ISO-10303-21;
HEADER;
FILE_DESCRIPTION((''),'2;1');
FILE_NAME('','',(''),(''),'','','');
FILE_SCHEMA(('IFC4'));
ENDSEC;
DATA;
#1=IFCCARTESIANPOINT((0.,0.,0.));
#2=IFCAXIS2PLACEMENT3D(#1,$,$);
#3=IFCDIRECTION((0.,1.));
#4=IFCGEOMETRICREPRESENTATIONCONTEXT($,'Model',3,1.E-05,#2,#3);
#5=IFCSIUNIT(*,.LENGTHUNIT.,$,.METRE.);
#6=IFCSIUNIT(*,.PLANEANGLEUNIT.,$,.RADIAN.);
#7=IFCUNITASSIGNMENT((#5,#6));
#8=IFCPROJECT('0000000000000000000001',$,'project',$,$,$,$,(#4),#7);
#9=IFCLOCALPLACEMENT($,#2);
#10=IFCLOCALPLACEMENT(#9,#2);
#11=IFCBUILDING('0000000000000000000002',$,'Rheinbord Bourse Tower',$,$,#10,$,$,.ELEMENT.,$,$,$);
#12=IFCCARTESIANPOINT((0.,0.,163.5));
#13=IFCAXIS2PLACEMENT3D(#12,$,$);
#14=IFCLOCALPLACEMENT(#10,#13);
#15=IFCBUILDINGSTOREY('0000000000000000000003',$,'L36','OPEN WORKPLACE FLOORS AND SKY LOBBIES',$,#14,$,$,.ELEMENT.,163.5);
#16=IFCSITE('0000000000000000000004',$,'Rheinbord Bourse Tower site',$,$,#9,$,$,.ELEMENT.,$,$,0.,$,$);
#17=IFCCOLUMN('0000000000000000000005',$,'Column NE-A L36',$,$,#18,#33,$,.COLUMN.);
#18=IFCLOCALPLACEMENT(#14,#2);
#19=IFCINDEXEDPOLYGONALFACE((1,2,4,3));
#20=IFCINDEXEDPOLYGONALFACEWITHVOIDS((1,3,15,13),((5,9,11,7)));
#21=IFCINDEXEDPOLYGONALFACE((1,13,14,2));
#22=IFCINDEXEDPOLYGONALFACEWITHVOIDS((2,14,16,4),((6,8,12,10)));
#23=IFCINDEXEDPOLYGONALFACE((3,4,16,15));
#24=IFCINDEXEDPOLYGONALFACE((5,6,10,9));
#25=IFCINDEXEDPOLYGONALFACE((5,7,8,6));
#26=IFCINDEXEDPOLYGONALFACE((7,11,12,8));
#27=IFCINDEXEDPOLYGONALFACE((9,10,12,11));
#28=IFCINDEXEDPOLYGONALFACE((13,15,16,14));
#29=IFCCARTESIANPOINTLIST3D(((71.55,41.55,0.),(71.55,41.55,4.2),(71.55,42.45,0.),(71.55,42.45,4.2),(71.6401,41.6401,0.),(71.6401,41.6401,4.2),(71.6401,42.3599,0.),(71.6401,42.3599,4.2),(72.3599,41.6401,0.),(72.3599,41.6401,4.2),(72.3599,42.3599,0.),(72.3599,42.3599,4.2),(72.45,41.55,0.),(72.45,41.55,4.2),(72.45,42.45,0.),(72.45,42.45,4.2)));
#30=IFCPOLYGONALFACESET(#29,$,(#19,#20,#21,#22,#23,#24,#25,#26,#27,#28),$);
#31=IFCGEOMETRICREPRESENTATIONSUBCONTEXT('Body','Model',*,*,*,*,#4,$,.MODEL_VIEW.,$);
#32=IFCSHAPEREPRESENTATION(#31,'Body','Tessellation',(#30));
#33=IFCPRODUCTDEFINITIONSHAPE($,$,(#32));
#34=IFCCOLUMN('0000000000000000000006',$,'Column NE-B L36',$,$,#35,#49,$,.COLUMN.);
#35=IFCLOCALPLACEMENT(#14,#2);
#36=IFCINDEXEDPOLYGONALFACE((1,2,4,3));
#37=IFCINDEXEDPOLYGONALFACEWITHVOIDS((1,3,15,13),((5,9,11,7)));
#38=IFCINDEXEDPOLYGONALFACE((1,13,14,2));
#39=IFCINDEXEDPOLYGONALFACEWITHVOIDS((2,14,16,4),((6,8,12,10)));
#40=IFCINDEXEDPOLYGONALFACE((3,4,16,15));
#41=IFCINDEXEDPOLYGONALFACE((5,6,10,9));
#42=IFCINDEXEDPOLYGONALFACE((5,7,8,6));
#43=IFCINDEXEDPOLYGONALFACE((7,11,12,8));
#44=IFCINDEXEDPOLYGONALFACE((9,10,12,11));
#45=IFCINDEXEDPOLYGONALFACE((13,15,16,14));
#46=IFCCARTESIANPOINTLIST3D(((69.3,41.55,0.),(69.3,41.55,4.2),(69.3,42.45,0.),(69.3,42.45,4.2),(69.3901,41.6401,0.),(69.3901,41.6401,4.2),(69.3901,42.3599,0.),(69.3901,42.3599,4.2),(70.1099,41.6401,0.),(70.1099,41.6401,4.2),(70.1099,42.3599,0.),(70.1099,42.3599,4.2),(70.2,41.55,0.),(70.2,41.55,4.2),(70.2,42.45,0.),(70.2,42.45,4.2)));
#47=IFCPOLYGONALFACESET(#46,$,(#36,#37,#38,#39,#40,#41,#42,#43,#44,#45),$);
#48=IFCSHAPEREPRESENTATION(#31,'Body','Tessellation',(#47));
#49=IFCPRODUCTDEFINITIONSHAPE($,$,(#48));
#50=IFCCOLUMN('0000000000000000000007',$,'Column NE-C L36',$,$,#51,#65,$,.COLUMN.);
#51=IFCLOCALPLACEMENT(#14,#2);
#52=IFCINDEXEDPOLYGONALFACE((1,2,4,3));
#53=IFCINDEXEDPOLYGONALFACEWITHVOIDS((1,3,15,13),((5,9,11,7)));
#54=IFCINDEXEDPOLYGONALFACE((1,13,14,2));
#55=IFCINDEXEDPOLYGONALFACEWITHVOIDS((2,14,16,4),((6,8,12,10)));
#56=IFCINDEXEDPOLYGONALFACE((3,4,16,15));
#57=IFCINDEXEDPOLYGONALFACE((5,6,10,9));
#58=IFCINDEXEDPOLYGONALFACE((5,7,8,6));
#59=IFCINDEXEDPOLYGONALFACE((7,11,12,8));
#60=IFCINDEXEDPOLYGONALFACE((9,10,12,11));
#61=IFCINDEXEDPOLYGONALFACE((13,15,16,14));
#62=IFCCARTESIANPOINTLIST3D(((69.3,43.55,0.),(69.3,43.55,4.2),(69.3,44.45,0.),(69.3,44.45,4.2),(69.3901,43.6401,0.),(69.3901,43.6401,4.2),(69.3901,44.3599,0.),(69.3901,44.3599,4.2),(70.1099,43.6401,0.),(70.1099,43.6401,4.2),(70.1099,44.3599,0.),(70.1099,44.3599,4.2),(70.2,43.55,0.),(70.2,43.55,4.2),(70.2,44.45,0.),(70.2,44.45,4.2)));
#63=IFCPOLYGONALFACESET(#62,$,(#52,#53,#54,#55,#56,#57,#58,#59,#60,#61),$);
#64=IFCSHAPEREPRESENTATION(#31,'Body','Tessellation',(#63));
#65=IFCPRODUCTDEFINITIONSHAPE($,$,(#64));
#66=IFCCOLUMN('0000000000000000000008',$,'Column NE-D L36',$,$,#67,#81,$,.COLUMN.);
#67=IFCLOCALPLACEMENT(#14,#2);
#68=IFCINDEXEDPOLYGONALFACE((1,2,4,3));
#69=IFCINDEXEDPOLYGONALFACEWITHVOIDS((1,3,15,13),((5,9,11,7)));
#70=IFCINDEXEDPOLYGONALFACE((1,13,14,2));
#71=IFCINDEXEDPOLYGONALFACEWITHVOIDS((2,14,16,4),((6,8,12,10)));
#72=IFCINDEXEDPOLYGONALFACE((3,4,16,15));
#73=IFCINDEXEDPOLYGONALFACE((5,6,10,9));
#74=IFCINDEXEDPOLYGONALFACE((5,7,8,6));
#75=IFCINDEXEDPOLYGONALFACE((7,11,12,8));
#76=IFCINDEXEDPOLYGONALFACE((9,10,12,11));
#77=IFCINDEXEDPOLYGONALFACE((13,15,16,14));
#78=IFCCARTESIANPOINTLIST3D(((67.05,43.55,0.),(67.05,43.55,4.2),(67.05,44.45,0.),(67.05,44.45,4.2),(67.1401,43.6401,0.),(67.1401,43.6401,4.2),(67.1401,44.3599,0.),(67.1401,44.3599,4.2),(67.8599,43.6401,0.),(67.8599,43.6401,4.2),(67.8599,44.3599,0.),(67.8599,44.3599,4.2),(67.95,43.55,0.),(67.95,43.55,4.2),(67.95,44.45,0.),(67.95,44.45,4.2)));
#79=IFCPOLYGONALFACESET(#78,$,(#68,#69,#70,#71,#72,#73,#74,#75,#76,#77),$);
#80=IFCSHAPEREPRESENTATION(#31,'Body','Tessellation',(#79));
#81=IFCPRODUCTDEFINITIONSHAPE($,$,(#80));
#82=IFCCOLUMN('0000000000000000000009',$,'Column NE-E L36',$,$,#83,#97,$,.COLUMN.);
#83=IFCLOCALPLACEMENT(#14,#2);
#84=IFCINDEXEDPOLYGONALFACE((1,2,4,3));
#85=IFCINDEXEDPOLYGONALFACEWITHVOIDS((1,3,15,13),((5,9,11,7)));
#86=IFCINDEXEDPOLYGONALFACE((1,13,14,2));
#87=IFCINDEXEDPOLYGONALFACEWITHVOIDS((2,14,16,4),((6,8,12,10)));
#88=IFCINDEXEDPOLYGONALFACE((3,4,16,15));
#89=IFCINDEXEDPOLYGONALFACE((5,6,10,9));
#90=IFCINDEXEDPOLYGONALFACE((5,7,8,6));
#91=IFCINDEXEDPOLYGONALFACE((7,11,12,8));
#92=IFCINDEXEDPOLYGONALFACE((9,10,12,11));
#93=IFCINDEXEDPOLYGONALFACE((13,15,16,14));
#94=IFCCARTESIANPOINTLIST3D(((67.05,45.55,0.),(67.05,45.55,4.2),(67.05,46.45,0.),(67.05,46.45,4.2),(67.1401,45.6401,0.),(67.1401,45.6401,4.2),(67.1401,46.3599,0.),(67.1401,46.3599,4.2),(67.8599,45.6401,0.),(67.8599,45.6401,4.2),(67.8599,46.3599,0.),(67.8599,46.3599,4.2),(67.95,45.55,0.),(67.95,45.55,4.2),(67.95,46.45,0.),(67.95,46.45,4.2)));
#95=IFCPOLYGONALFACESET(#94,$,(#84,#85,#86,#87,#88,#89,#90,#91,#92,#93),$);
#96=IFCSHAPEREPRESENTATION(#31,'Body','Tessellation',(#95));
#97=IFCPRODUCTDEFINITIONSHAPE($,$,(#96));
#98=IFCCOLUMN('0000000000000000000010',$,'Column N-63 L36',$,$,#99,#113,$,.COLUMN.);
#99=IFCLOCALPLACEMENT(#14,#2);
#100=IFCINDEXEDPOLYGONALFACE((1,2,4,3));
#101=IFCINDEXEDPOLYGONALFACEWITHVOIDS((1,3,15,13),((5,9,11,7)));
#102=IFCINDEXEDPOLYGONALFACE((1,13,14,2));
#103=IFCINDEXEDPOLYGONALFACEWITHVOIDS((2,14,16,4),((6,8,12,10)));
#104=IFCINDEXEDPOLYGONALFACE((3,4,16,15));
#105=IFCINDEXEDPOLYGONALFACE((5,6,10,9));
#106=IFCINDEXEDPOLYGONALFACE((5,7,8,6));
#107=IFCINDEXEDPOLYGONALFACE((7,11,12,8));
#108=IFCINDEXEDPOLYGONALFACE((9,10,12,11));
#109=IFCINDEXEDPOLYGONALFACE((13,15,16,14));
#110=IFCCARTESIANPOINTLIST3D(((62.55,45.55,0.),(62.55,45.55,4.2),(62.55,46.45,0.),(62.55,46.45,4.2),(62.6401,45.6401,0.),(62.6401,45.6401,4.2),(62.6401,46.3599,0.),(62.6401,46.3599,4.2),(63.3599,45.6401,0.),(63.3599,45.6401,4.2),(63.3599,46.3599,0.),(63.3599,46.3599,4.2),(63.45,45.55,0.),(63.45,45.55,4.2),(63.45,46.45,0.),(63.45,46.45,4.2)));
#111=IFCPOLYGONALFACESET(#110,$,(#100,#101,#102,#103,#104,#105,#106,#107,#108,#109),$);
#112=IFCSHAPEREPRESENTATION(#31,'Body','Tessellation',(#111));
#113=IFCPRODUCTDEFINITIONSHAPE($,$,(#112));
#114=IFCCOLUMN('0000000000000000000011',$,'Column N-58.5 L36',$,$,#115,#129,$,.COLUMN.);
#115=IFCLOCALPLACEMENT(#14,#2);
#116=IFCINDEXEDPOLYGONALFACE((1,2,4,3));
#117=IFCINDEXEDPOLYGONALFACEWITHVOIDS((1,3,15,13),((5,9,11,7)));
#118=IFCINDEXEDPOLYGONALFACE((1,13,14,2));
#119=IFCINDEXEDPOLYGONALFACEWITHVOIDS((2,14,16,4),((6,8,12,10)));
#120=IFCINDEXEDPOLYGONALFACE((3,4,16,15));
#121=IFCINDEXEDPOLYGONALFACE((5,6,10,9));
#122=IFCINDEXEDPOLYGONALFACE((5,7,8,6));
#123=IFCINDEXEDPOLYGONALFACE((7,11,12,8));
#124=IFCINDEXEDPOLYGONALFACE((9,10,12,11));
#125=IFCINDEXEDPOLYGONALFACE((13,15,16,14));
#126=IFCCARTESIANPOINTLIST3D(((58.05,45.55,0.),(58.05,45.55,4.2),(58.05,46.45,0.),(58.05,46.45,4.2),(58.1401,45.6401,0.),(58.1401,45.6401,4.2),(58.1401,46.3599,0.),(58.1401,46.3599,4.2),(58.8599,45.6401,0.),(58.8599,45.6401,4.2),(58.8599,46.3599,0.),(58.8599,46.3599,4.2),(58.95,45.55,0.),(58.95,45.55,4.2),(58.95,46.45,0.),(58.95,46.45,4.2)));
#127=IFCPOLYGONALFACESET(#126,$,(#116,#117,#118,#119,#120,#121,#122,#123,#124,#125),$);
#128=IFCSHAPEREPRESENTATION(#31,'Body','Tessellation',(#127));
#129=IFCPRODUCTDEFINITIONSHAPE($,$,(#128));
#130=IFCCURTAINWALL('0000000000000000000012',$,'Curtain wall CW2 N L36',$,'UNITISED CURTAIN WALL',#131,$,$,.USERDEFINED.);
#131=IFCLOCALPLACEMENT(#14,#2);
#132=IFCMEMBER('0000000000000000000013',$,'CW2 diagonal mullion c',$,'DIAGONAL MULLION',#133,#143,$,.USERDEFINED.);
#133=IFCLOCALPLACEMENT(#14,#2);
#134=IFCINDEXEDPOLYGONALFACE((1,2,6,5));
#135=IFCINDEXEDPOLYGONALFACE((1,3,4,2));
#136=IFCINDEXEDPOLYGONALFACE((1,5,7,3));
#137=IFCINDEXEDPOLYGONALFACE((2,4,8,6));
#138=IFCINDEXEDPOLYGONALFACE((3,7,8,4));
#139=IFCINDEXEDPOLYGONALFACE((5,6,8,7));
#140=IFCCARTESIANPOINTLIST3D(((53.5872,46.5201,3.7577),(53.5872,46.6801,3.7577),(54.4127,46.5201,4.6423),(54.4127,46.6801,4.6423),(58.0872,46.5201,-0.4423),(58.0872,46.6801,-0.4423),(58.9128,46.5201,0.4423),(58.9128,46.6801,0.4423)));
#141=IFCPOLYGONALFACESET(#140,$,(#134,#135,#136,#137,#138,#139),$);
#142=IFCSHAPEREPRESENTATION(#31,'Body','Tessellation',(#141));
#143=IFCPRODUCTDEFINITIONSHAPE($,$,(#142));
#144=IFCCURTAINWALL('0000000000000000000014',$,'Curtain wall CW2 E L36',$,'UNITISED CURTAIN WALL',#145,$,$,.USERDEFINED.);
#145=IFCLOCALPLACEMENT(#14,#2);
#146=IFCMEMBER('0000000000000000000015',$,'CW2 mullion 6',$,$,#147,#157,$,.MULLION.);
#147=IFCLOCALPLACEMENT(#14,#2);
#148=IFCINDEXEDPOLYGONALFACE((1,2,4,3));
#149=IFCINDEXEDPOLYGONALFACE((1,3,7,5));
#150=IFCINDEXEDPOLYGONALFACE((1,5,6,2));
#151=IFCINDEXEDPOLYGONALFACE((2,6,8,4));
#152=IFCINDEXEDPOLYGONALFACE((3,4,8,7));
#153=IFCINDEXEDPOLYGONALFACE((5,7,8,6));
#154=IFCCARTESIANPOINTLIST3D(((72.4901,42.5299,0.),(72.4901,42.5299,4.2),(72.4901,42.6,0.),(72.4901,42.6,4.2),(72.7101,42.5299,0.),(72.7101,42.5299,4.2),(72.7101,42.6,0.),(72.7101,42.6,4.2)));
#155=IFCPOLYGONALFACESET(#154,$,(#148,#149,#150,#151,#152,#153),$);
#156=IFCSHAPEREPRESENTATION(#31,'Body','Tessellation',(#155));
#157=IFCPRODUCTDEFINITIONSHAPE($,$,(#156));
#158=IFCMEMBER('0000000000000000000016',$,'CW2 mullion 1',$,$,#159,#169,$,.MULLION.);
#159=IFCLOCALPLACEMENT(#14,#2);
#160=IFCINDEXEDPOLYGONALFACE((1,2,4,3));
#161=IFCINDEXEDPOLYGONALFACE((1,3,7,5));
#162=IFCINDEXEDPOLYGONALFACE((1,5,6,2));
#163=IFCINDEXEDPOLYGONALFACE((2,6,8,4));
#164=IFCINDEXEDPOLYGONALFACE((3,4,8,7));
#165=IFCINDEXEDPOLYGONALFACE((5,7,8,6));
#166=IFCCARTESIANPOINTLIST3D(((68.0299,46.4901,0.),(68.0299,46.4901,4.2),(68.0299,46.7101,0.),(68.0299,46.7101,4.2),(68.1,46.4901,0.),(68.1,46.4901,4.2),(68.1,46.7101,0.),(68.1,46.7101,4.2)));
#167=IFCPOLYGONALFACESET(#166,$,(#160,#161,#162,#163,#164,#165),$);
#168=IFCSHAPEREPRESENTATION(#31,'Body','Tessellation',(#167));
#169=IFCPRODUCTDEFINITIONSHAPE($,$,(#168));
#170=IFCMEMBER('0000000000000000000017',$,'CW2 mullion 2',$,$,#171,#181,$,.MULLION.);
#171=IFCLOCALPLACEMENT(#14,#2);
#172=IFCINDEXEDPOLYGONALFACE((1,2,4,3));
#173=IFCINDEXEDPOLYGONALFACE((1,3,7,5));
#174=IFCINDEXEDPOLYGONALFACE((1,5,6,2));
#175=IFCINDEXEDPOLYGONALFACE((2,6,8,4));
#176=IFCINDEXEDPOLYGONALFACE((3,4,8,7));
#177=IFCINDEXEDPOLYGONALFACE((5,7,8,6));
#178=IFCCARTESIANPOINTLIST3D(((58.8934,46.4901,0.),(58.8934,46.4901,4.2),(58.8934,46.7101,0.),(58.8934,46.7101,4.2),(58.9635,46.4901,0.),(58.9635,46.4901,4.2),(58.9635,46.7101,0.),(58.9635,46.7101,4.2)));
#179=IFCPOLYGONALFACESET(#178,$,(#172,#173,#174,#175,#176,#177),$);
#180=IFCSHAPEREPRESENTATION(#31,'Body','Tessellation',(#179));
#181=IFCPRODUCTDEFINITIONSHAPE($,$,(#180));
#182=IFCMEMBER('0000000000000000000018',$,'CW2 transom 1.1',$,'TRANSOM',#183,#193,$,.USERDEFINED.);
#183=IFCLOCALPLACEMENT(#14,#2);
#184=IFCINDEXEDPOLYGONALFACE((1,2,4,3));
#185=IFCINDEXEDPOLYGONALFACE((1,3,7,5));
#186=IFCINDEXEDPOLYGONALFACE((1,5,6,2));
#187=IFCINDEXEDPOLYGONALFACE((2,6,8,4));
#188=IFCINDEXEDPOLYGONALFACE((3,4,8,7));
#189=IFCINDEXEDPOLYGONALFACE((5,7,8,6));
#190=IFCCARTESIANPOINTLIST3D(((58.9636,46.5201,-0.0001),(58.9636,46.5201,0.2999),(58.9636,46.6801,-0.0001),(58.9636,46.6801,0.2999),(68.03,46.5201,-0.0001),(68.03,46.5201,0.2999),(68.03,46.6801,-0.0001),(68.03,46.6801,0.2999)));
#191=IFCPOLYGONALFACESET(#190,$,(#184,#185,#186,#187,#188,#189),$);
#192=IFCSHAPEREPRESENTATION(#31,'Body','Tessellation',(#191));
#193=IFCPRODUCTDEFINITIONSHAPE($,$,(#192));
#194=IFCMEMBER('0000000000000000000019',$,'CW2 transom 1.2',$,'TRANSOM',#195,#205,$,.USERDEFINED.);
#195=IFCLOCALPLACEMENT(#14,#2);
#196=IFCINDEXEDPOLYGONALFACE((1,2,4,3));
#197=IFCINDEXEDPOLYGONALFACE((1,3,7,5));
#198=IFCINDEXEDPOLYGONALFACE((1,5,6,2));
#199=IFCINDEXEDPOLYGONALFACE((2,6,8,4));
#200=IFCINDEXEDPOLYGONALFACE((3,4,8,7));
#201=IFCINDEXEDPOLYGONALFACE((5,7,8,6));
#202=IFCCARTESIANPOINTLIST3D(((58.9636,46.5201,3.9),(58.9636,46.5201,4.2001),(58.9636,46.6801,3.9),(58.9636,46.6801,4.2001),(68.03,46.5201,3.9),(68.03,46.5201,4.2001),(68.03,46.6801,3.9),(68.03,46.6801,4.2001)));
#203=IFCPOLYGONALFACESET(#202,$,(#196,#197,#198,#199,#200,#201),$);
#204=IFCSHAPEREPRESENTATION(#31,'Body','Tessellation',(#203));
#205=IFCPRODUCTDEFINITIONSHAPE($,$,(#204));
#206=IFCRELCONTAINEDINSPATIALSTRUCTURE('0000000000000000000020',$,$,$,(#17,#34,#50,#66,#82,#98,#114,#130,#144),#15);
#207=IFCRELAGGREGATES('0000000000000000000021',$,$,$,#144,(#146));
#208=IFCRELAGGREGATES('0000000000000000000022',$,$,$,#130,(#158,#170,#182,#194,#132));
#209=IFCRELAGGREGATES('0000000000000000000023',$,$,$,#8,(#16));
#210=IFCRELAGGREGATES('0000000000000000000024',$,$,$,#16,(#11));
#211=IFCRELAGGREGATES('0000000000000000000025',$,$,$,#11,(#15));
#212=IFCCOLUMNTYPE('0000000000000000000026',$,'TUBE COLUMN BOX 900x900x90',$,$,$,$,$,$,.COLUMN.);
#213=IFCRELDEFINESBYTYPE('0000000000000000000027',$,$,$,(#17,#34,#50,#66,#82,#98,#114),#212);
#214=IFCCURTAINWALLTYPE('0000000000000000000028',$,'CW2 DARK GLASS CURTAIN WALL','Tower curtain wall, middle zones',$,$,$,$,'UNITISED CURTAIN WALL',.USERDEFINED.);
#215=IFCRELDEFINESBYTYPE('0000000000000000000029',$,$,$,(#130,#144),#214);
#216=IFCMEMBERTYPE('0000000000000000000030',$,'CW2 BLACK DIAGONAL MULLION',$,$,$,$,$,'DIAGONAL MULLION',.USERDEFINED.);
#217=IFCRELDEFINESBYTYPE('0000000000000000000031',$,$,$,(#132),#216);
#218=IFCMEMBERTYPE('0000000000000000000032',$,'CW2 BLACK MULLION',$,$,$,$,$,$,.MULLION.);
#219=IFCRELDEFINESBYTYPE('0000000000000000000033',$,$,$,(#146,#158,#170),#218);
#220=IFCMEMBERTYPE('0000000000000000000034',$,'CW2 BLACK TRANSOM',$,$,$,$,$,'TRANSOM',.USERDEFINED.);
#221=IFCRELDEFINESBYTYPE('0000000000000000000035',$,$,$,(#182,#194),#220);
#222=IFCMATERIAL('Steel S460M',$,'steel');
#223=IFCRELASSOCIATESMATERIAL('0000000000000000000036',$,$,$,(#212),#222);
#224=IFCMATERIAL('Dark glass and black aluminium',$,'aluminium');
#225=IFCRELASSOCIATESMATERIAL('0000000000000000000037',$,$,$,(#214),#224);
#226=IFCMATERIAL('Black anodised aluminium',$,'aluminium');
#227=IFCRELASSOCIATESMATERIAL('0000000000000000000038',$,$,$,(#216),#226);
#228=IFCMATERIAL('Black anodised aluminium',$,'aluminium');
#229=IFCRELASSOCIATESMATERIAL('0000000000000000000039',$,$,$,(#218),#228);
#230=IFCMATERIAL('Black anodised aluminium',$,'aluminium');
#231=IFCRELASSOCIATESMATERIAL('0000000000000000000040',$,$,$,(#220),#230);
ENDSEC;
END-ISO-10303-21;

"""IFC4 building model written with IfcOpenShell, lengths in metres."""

from ifc_helpers import new_model, si_unit, direction, frame, origin, origin_2d, place, context, subcontext, project, spatial, rectangle, hollow_rectangle, extrude, material, material_profile, profile_set, type_object, element, aggregate, save


model = new_model("IFC4")

# Units and contexts
model_context = context("Model", 3, precision=1e-05, world=origin(), true_north=direction((0.0, 1.0)))
body_context = subcontext(model_context, "Body", "Model", "MODEL_VIEW")
ifc_project = project(units=[si_unit("LENGTHUNIT", "METRE"), si_unit("PLANEANGLEUNIT", "RADIAN")], contexts=[model_context])

# Site, building, storey
site_placement = place(None, origin())
site = spatial("IfcSite", under=ifc_project, at=site_placement, Name="Rheinbord Bourse Tower site", CompositionType="ELEMENT", RefElevation=0.0)
building_placement = place(site_placement, origin())
building = spatial("IfcBuilding", under=site, at=building_placement, Name="Rheinbord Bourse Tower", CompositionType="ELEMENT")
storey_placement = place(building_placement, frame((0.0, 0.0, 163.5)))
storey = spatial("IfcBuildingStorey", under=building, at=storey_placement, Name="L36", Description="OPEN WORKPLACE FLOORS AND SKY LOBBIES", CompositionType="ELEMENT", Elevation=163.5)

# Columns
ifc_material_1 = material(Name="Steel S460M", Category="steel")
ifc_material_profile_1 = material_profile(ifc_material_1, hollow_rectangle(XDim=0.8999, YDim=0.8999, WallThickness=0.0901, at=origin_2d()), Name="BOX 900x900x90")
ifc_profile_set_1 = profile_set([ifc_material_profile_1], Name="Steel S460M")
column_type = type_object("IfcColumnType", Name="TUBE COLUMN BOX 900x900x90", PredefinedType="COLUMN", material=ifc_profile_set_1)
for number, where, z_axis, x_axis, name in (
    (1, (72.0, 42.0, 0.0), (0.0, 0.0, 1.0), (1.0, 0.0, 0.0), "Column NE-A L36"),
    (2, (69.75, 42.0, 0.0), (0.0, 0.0, 1.0), (1.0, 0.0, 0.0), "Column NE-B L36"),
    (3, (69.75, 44.0, 0.0), (0.0, 0.0, 1.0), (1.0, 0.0, 0.0), "Column NE-C L36"),
    (4, (67.5, 44.0, 0.0), (0.0, 0.0, 1.0), (0.0, 1.0, 0.0), "Column NE-D L36"),
    (5, (67.5, 46.0, 0.0), (0.0, 0.0, 1.0), (0.0, 1.0, 0.0), "Column NE-E L36"),
    (6, (63.0, 46.0, 0.0), (0.0, 0.0, 1.0), (0.0, 1.0, 0.0), "Column N-63 L36"),
    (7, (58.5, 46.0, 0.0), (0.0, 0.0, 1.0), (0.0, 1.0, 0.0), "Column N-58.5 L36"),
):
    element("IfcColumn", number, at=place(storey_placement, frame(where, z_axis=z_axis, x_axis=x_axis)), inside=storey, type_object=column_type, Name=name, PredefinedType="COLUMN", context=body_context, shape_type="SweptSolid", body=[
        extrude(hollow_rectangle(XDim=0.8999, YDim=0.8999, WallThickness=0.0901, at=origin_2d()), origin(), (0.0, 0.0, 1.0), 4.2),
    ])

# Curtain walls, members
ifc_material_2 = material(Name="Dark glass and black aluminium", Category="aluminium")
curtain_wall_type = type_object("IfcCurtainWallType", Name="CW2 DARK GLASS CURTAIN WALL", Description="Tower curtain wall, middle zones", ElementType="UNITISED CURTAIN WALL", PredefinedType="USERDEFINED", material=ifc_material_2)
curtain_wall_1_placement = place(storey_placement, origin())
curtain_wall_1 = element("IfcCurtainWall", 8, at=curtain_wall_1_placement, inside=storey, type_object=curtain_wall_type, Name="Curtain wall CW2 N L36", ObjectType="UNITISED CURTAIN WALL", PredefinedType="USERDEFINED")
ifc_material_3 = material(Name="Black anodised aluminium", Category="aluminium")
ifc_material_profile_2 = material_profile(ifc_material_3, rectangle(XDim=0.1599, YDim=1.21, at=origin_2d()), Name="CW2 DIAGONAL MULLION 1210x160")
ifc_profile_set_2 = profile_set([ifc_material_profile_2], Name="Black anodised aluminium")
member_type_1 = type_object("IfcMemberType", Name="CW2 BLACK DIAGONAL MULLION", ElementType="DIAGONAL MULLION", PredefinedType="USERDEFINED", material=ifc_profile_set_2)
member_1_placement = place(storey_placement, frame((58.5, 46.6001, 0.0), z_axis=(-0.731059, 0.0, 0.682314), x_axis=(0.0, -1.0, 0.0)))
member_1 = element("IfcMember", 9, at=member_1_placement, type_object=member_type_1, Name="CW2 diagonal mullion c", ObjectType="DIAGONAL MULLION", PredefinedType="USERDEFINED", context=body_context, shape_type="SweptSolid", body=[
    extrude(rectangle(XDim=0.1599, YDim=1.21, at=origin_2d()), origin(), (0.0, 0.0, 1.0), 6.1555),
])
curtain_wall_2_placement = place(storey_placement, origin())
curtain_wall_2 = element("IfcCurtainWall", 10, at=curtain_wall_2_placement, inside=storey, type_object=curtain_wall_type, Name="Curtain wall CW2 E L36", ObjectType="UNITISED CURTAIN WALL", PredefinedType="USERDEFINED")
ifc_material_4 = material(Name="Black anodised aluminium", Category="aluminium")
ifc_material_profile_3 = material_profile(ifc_material_4, rectangle(XDim=0.22, YDim=0.0701, at=origin_2d()), Name="CW2 MULLION 70x220")
ifc_profile_set_3 = profile_set([ifc_material_profile_3], Name="Black anodised aluminium")
member_type_2 = type_object("IfcMemberType", Name="CW2 BLACK MULLION", PredefinedType="MULLION", material=ifc_profile_set_3)
member_2_placement = place(storey_placement, frame((72.6001, 42.5649, 0.0), z_axis=(0.0, 0.0, 1.0), x_axis=(-1.0, 0.0, 0.0)))
member_2 = element("IfcMember", 11, at=member_2_placement, type_object=member_type_2, Name="CW2 mullion 6", PredefinedType="MULLION", context=body_context, shape_type="SweptSolid", body=[
    extrude(rectangle(XDim=0.22, YDim=0.0701, at=origin_2d()), origin(), (0.0, 0.0, 1.0), 4.2),
])
aggregate(curtain_wall_2, [member_2])

# Members
member_3_placement = place(storey_placement, frame((68.0649, 46.6001, 0.0), z_axis=(0.0, 0.0, 1.0), x_axis=(0.0, -1.0, 0.0)))
member_3 = element("IfcMember", 12, at=member_3_placement, type_object=member_type_2, Name="CW2 mullion 1", PredefinedType="MULLION", context=body_context, shape_type="SweptSolid", body=[
    extrude(rectangle(XDim=0.22, YDim=0.0701, at=origin_2d()), origin(), (0.0, 0.0, 1.0), 4.2),
])
member_4_placement = place(storey_placement, frame((58.9285, 46.6001, 0.0), z_axis=(0.0, 0.0, 1.0), x_axis=(0.0, -1.0, 0.0)))
member_4 = element("IfcMember", 13, at=member_4_placement, type_object=member_type_2, Name="CW2 mullion 2", PredefinedType="MULLION", context=body_context, shape_type="SweptSolid", body=[
    extrude(rectangle(XDim=0.22, YDim=0.0701, at=origin_2d()), origin(), (0.0, 0.0, 1.0), 4.2),
])
ifc_material_5 = material(Name="Black anodised aluminium", Category="aluminium")
ifc_material_profile_4 = material_profile(ifc_material_5, rectangle(XDim=0.1599, YDim=0.3, at=origin_2d()), Name="CW2 TRANSOM 300x160")
ifc_profile_set_4 = profile_set([ifc_material_profile_4], Name="Black anodised aluminium")
member_type_3 = type_object("IfcMemberType", Name="CW2 BLACK TRANSOM", ElementType="TRANSOM", PredefinedType="USERDEFINED", material=ifc_profile_set_4)
member_5_placement = place(storey_placement, frame((68.03, 46.6001, 0.1499), z_axis=(-1.0, 0.0, 0.0), x_axis=(0.0, -1.0, 0.0)))
member_5 = element("IfcMember", 14, at=member_5_placement, type_object=member_type_3, Name="CW2 transom 1.1", ObjectType="TRANSOM", PredefinedType="USERDEFINED", context=body_context, shape_type="SweptSolid", body=[
    extrude(rectangle(XDim=0.1599, YDim=0.3, at=origin_2d()), origin(), (0.0, 0.0, 1.0), 9.0664),
])
member_6_placement = place(storey_placement, frame((68.03, 46.6001, 4.05), z_axis=(-1.0, 0.0, 0.0), x_axis=(0.0, -1.0, 0.0)))
member_6 = element("IfcMember", 15, at=member_6_placement, type_object=member_type_3, Name="CW2 transom 1.2", ObjectType="TRANSOM", PredefinedType="USERDEFINED", context=body_context, shape_type="SweptSolid", body=[
    extrude(rectangle(XDim=0.1599, YDim=0.3, at=origin_2d()), origin(), (0.0, 0.0, 1.0), 9.0664),
])

aggregate(curtain_wall_1, [member_3, member_4, member_5, member_6, member_1])

save(model, "model.ifc")
